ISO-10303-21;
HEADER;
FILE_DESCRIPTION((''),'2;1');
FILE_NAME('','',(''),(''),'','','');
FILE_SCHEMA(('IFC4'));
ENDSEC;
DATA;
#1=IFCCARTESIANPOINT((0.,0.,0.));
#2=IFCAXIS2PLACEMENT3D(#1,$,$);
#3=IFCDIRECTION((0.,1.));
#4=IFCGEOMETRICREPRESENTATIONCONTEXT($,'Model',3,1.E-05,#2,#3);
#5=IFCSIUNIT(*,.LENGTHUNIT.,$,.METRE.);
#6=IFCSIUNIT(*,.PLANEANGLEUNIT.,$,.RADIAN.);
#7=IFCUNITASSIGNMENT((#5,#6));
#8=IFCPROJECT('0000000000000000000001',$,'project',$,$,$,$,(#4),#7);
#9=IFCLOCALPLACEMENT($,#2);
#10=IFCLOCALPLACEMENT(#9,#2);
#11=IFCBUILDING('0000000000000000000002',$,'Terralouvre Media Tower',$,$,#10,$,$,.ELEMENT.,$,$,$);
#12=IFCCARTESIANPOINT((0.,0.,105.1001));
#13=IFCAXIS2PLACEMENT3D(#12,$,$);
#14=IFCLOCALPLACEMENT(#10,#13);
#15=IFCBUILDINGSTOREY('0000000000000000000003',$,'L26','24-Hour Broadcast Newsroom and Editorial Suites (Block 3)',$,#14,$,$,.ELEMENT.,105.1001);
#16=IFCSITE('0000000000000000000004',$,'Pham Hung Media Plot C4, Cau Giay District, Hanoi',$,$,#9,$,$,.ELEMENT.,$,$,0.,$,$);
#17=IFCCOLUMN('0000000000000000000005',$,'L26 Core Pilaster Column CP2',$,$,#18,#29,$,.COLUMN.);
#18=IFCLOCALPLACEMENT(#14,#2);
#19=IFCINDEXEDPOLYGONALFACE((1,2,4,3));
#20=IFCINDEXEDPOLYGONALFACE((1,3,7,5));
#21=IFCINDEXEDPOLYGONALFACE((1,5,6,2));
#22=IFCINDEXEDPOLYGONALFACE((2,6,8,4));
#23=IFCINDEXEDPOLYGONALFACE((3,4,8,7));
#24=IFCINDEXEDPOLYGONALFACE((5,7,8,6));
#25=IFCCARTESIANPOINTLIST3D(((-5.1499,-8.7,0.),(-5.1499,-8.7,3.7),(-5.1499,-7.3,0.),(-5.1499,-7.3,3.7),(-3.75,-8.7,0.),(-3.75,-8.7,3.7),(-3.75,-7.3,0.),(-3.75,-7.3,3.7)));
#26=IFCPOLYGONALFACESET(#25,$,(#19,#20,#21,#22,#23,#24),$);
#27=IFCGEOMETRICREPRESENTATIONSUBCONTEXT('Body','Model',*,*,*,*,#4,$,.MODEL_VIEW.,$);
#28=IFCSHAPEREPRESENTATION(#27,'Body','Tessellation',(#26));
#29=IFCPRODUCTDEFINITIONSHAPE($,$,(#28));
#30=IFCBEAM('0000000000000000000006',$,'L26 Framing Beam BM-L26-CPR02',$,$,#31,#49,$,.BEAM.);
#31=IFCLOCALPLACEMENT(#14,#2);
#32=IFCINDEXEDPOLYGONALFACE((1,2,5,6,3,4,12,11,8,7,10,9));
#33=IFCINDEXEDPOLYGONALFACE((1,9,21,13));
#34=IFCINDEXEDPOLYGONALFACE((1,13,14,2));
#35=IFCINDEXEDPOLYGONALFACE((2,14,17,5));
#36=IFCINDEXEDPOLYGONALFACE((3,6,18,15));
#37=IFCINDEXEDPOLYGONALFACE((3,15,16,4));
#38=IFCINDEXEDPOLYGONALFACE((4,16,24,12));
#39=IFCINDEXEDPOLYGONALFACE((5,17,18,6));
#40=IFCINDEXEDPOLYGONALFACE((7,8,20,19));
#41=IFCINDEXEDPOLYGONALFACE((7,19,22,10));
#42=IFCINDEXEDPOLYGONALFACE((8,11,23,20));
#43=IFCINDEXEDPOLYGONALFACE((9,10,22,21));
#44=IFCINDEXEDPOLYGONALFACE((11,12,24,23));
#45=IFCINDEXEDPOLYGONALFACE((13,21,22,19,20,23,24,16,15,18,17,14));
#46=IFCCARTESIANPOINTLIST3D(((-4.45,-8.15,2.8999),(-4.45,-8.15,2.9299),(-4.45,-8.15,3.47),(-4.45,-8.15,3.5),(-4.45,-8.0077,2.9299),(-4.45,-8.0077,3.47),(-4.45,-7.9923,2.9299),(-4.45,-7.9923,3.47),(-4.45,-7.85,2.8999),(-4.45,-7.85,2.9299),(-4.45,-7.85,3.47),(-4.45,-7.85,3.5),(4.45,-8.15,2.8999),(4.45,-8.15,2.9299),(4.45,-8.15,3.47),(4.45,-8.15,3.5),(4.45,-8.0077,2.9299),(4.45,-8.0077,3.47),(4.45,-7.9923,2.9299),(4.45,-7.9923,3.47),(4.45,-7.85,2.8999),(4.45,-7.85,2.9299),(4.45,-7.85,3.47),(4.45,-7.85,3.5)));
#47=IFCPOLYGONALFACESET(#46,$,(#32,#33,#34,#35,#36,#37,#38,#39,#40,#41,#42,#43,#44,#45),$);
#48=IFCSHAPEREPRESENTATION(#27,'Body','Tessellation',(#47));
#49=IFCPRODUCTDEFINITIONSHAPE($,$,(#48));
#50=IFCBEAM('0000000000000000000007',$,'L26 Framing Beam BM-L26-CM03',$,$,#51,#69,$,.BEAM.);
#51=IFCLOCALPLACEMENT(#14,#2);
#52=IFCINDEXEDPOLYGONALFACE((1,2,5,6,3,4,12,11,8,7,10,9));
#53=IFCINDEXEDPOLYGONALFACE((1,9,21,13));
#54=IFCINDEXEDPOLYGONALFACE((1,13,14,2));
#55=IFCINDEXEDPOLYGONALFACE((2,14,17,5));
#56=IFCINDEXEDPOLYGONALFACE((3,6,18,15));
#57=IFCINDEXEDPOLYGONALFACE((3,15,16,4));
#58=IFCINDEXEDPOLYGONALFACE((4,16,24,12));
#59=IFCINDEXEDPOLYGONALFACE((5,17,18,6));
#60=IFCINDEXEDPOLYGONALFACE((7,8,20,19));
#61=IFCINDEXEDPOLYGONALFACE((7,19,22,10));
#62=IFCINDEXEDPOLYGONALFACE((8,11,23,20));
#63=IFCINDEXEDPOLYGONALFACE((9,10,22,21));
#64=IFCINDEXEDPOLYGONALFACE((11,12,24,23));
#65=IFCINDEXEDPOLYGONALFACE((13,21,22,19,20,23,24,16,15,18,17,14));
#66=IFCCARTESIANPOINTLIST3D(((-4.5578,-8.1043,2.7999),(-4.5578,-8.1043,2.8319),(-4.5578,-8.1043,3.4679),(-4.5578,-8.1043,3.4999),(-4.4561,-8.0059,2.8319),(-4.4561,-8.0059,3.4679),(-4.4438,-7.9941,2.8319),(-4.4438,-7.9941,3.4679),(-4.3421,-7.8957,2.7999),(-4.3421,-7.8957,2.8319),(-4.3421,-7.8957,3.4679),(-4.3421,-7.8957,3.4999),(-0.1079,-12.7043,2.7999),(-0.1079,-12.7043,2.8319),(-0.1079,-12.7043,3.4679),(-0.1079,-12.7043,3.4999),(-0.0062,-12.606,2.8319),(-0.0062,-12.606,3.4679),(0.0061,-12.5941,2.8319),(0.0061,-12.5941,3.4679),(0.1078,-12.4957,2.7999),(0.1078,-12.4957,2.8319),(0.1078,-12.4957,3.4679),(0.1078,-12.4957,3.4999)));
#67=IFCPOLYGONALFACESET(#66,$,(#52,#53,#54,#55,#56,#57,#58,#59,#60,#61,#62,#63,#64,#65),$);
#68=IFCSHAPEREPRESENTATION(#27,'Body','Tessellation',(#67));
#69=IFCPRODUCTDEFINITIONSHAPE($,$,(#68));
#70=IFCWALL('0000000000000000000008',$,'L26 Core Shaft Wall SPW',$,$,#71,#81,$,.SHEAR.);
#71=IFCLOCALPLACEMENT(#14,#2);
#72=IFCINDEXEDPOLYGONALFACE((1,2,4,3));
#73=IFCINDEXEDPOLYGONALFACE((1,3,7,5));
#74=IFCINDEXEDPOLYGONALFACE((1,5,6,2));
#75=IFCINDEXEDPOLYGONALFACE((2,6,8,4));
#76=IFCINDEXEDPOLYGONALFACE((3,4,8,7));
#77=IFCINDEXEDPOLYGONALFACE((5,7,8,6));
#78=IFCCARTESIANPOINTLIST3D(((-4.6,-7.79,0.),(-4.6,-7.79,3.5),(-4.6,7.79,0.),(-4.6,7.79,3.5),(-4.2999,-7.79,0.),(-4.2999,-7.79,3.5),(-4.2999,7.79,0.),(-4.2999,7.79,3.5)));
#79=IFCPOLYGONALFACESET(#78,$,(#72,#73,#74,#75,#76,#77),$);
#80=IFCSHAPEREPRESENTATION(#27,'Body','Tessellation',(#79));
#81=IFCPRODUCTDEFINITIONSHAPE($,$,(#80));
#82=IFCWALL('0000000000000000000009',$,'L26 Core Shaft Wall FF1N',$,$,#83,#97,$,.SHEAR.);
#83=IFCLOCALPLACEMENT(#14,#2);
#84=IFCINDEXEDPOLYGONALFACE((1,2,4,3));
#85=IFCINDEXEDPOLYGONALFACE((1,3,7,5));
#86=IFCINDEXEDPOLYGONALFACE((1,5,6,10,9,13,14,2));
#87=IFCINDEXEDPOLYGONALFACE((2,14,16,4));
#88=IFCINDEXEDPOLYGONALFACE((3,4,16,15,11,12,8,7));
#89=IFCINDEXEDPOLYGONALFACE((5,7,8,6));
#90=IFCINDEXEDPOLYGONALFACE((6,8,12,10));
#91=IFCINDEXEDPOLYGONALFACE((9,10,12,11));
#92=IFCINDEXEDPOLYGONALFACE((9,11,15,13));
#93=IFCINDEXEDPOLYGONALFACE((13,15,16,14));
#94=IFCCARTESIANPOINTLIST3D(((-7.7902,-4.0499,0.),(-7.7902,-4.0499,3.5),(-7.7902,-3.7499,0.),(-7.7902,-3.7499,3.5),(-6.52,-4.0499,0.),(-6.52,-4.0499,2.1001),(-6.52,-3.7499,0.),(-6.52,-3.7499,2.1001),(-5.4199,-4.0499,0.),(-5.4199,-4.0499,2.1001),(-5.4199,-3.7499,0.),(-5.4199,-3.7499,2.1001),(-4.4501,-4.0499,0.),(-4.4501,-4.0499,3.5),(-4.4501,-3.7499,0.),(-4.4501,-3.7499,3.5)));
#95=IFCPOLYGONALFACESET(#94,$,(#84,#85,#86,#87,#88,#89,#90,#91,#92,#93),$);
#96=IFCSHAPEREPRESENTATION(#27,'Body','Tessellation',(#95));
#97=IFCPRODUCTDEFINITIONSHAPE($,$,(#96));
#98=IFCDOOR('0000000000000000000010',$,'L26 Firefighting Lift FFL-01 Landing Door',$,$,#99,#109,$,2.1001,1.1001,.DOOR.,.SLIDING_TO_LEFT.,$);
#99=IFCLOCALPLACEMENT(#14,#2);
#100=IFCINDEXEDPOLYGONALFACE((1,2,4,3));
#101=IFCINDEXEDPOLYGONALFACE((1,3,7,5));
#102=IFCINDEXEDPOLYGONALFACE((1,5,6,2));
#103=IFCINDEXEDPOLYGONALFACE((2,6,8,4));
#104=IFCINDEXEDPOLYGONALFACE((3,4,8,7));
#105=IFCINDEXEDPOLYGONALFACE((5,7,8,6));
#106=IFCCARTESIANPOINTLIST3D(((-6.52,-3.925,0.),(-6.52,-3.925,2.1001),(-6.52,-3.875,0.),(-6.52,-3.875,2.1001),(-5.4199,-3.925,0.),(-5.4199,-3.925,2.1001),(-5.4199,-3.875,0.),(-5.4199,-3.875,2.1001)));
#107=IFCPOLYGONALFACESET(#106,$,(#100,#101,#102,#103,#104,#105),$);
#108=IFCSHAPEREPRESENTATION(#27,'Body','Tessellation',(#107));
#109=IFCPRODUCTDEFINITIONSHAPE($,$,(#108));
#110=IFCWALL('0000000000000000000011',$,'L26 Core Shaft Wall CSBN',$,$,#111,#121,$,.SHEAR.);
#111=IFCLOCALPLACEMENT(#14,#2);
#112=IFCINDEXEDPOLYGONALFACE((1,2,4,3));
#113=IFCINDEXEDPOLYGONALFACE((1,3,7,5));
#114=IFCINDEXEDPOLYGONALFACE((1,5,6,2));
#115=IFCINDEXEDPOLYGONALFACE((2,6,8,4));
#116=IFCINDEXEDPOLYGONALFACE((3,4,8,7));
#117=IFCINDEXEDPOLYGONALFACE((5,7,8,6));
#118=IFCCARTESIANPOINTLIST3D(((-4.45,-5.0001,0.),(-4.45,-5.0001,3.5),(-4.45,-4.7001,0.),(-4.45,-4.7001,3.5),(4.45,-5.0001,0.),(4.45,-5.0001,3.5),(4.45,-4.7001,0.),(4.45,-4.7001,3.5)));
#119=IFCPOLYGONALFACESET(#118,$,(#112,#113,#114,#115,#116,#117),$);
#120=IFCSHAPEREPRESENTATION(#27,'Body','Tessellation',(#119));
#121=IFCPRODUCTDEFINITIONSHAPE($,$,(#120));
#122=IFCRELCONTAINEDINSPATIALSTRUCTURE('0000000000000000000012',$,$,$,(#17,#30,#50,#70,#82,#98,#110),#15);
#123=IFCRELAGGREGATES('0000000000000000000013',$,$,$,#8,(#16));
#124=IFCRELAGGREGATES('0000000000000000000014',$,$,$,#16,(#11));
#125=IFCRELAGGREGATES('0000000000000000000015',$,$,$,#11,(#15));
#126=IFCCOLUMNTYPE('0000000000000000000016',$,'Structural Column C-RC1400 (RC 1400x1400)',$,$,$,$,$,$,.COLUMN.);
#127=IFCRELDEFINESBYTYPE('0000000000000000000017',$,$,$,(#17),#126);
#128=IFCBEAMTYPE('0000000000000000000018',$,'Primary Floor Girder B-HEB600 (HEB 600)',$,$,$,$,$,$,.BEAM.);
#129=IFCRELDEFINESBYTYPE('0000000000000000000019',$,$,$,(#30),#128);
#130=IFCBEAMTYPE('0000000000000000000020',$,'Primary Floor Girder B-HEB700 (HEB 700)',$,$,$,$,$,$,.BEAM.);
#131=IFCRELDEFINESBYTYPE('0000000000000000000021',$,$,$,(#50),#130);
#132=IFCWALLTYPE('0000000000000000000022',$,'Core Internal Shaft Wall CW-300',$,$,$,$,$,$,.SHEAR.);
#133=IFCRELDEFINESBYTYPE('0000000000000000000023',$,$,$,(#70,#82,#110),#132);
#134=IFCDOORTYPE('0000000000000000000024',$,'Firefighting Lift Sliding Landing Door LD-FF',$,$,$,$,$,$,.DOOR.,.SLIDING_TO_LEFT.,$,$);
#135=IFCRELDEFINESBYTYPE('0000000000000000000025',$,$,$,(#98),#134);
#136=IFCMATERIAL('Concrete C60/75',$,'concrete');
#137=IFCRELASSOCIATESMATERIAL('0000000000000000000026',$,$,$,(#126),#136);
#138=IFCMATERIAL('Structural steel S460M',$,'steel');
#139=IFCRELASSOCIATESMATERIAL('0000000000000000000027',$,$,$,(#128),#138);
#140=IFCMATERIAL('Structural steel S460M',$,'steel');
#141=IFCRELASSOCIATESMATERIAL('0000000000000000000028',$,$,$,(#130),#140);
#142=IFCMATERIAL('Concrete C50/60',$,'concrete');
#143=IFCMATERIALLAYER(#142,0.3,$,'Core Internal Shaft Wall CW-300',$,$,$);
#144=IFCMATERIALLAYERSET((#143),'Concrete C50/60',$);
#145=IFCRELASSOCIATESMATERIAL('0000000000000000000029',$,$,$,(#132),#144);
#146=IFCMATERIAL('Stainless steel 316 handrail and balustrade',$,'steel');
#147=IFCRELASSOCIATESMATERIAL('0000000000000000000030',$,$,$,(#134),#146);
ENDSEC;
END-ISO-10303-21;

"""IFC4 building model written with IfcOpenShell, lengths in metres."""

from ifc_helpers import new_model, si_unit, direction, frame, frame_2d, origin, origin_2d, place, context, subcontext, project, spatial, rectangle, i_section, extrude, material, layer, layer_set, material_profile, profile_set, type_object, element, fill, save


model = new_model("IFC4")

# Units and contexts
model_context = context("Model", 3, precision=1e-05, world=origin(), true_north=direction((0.0, 1.0)))
body_context = subcontext(model_context, "Body", "Model", "MODEL_VIEW")
ifc_project = project(units=[si_unit("LENGTHUNIT", "METRE"), si_unit("PLANEANGLEUNIT", "RADIAN")], contexts=[model_context])

# Site, building, storey
site_placement = place(None, origin())
site = spatial("IfcSite", under=ifc_project, at=site_placement, Name="Pham Hung Media Plot C4, Cau Giay District, Hanoi", CompositionType="ELEMENT", RefElevation=0.0)
building_placement = place(site_placement, origin())
building = spatial("IfcBuilding", under=site, at=building_placement, Name="Terralouvre Media Tower", CompositionType="ELEMENT")
storey_placement = place(building_placement, frame((0.0, 0.0, 105.1001)))
storey = spatial("IfcBuildingStorey", under=building, at=storey_placement, Name="L26", Description="24-Hour Broadcast Newsroom and Editorial Suites (Block 3)", CompositionType="ELEMENT", Elevation=105.1001)

# Column
ifc_material_1 = material(Name="Concrete C60/75", Category="concrete")
ifc_material_profile_1 = material_profile(ifc_material_1, rectangle(XDim=1.3999, YDim=1.3999, at=origin_2d()), Name="RC 1400x1400")
ifc_profile_set_1 = profile_set([ifc_material_profile_1], Name="Concrete C60/75")
column_type = type_object("IfcColumnType", Name="Structural Column C-RC1400 (RC 1400x1400)", PredefinedType="COLUMN", material=ifc_profile_set_1)
column_placement = place(storey_placement, frame((-4.45, -8.0, 0.0), z_axis=(0.0, 0.0, 1.0), x_axis=(1.0, 0.0, 0.0)))
element("IfcColumn", 1, at=column_placement, inside=storey, type_object=column_type, Name="L26 Core Pilaster Column CP2", PredefinedType="COLUMN", context=body_context, shape_type="SweptSolid", body=[
    extrude(rectangle(XDim=1.3999, YDim=1.3999, at=origin_2d()), origin(), (0.0, 0.0, 1.0), 3.7),
])

# Beams
ifc_material_2 = material(Name="Structural steel S460M", Category="steel")
ifc_material_profile_2 = material_profile(ifc_material_2, i_section(OverallWidth=0.3, OverallDepth=0.6001, WebThickness=0.0154, FlangeThickness=0.03, at=origin_2d()), Name="HEB 600")
ifc_profile_set_2 = profile_set([ifc_material_profile_2], Name="Structural steel S460M")
beam_type_1 = type_object("IfcBeamType", Name="Primary Floor Girder B-HEB600 (HEB 600)", PredefinedType="BEAM", material=ifc_profile_set_2)
beam_1_placement = place(storey_placement, frame((-4.45, -8.0, 3.2), z_axis=(1.0, 0.0, 0.0), x_axis=(0.0, 1.0, 0.0)))
element("IfcBeam", 2, at=beam_1_placement, inside=storey, type_object=beam_type_1, Name="L26 Framing Beam BM-L26-CPR02", PredefinedType="BEAM", context=body_context, shape_type="SweptSolid", body=[
    extrude(i_section(OverallWidth=0.3, OverallDepth=0.6001, WebThickness=0.0154, FlangeThickness=0.03, at=origin_2d()), origin(), (0.0, 0.0, 1.0), 8.8999),
])
ifc_material_3 = material(Name="Structural steel S460M", Category="steel")
ifc_material_profile_3 = material_profile(ifc_material_3, i_section(OverallWidth=0.3, OverallDepth=0.7, WebThickness=0.0171, FlangeThickness=0.032, at=origin_2d()), Name="HEB 700")
ifc_profile_set_3 = profile_set([ifc_material_profile_3], Name="Structural steel S460M")
beam_type_2 = type_object("IfcBeamType", Name="Primary Floor Girder B-HEB700 (HEB 700)", PredefinedType="BEAM", material=ifc_profile_set_3)
beam_2_placement = place(storey_placement, frame((-4.45, -8.0, 3.1499), z_axis=(0.69528, -0.718739, 0.0), x_axis=(0.718739, 0.69528, 0.0)))
element("IfcBeam", 3, at=beam_2_placement, inside=storey, type_object=beam_type_2, Name="L26 Framing Beam BM-L26-CM03", PredefinedType="BEAM", context=body_context, shape_type="SweptSolid", body=[
    extrude(i_section(OverallWidth=0.3, OverallDepth=0.7, WebThickness=0.0171, FlangeThickness=0.032, at=origin_2d()), origin(), (0.0, 0.0, 1.0), 6.4001),
])

# Wall
ifc_material_4 = material(Name="Concrete C50/60", Category="concrete")
ifc_layer_1 = layer(ifc_material_4, 0.3, Name="Core Internal Shaft Wall CW-300")
ifc_layer_set_1 = layer_set([ifc_layer_1], Name="Concrete C50/60")
wall_type_1 = type_object("IfcWallType", Name="Core Internal Shaft Wall CW-300", PredefinedType="SHEAR", material=ifc_layer_set_1)
wall_1_placement = place(storey_placement, frame((-4.45, -7.79, 0.0), z_axis=(0.0, 0.0, 1.0), x_axis=(0.0, 1.0, 0.0)))
element("IfcWall", 4, at=wall_1_placement, inside=storey, type_object=wall_type_1, Name="L26 Core Shaft Wall SPW", PredefinedType="SHEAR", context=body_context, shape_type="SweptSolid", body=[
    extrude(rectangle(XDim=15.5801, YDim=0.3, at=frame_2d((7.79, 0.0))), origin(), (0.0, 0.0, 1.0), 3.5),
])

# Wall, opening, door
wall_2_placement = place(storey_placement, frame((-7.79, -3.8999, 0.0), z_axis=(0.0, 0.0, 1.0), x_axis=(1.0, 0.0, 0.0)))
wall_2 = element("IfcWall", 5, at=wall_2_placement, inside=storey, type_object=wall_type_1, Name="L26 Core Shaft Wall FF1N", PredefinedType="SHEAR", context=body_context, shape_type="SweptSolid", body=[
    extrude(rectangle(XDim=3.3401, YDim=0.3, at=frame_2d((1.6699, 0.0))), origin(), (0.0, 0.0, 1.0), 3.5),
])
opening_1_placement = place(wall_2_placement, frame((1.27, 0.0, 0.0)))
opening_1 = element("IfcOpeningElement", 6, at=opening_1_placement, cuts=wall_2, PredefinedType="OPENING", context=body_context, shape_type="SweptSolid", body=[
    extrude(rectangle(XDim=1.1001, YDim=2.1001, at=frame_2d((0.55, 1.05))), frame((0.0, 0.1599, 0.0), z_axis=(0.0, -1.0, 0.0), x_axis=(1.0, 0.0, 0.0)), (0.0, 0.0, 1.0), 0.3201),
])
ifc_material_5 = material(Name="Stainless steel 316 handrail and balustrade", Category="steel")
door_type_1 = type_object("IfcDoorType", Name="Firefighting Lift Sliding Landing Door LD-FF", OperationType="SLIDING_TO_LEFT", PredefinedType="DOOR", material=ifc_material_5)
door_1_placement = place(opening_1_placement, origin())
door_1 = element("IfcDoor", 7, at=door_1_placement, inside=storey, type_object=door_type_1, Name="L26 Firefighting Lift FFL-01 Landing Door", OperationType="SLIDING_TO_LEFT", OverallHeight=2.1001, OverallWidth=1.1001, PredefinedType="DOOR", context=body_context, shape_type="SweptSolid", body=[
    extrude(rectangle(XDim=1.1001, YDim=2.1001, at=frame_2d((0.55, 1.05))), frame((0.0, 0.0249, 0.0), z_axis=(0.0, -1.0, 0.0), x_axis=(1.0, 0.0, 0.0)), (0.0, 0.0, 1.0), 0.05),
])
fill(opening_1, door_1)

# Wall
wall_3_placement = place(storey_placement, frame((-4.45, -4.8501, 0.0), z_axis=(0.0, 0.0, 1.0), x_axis=(1.0, 0.0, 0.0)))
element("IfcWall", 8, at=wall_3_placement, inside=storey, type_object=wall_type_1, Name="L26 Core Shaft Wall CSBN", PredefinedType="SHEAR", context=body_context, shape_type="SweptSolid", body=[
    extrude(rectangle(XDim=8.8999, YDim=0.3, at=frame_2d((4.45, 0.0))), origin(), (0.0, 0.0, 1.0), 3.5),
])

save(model, "model.ifc")
